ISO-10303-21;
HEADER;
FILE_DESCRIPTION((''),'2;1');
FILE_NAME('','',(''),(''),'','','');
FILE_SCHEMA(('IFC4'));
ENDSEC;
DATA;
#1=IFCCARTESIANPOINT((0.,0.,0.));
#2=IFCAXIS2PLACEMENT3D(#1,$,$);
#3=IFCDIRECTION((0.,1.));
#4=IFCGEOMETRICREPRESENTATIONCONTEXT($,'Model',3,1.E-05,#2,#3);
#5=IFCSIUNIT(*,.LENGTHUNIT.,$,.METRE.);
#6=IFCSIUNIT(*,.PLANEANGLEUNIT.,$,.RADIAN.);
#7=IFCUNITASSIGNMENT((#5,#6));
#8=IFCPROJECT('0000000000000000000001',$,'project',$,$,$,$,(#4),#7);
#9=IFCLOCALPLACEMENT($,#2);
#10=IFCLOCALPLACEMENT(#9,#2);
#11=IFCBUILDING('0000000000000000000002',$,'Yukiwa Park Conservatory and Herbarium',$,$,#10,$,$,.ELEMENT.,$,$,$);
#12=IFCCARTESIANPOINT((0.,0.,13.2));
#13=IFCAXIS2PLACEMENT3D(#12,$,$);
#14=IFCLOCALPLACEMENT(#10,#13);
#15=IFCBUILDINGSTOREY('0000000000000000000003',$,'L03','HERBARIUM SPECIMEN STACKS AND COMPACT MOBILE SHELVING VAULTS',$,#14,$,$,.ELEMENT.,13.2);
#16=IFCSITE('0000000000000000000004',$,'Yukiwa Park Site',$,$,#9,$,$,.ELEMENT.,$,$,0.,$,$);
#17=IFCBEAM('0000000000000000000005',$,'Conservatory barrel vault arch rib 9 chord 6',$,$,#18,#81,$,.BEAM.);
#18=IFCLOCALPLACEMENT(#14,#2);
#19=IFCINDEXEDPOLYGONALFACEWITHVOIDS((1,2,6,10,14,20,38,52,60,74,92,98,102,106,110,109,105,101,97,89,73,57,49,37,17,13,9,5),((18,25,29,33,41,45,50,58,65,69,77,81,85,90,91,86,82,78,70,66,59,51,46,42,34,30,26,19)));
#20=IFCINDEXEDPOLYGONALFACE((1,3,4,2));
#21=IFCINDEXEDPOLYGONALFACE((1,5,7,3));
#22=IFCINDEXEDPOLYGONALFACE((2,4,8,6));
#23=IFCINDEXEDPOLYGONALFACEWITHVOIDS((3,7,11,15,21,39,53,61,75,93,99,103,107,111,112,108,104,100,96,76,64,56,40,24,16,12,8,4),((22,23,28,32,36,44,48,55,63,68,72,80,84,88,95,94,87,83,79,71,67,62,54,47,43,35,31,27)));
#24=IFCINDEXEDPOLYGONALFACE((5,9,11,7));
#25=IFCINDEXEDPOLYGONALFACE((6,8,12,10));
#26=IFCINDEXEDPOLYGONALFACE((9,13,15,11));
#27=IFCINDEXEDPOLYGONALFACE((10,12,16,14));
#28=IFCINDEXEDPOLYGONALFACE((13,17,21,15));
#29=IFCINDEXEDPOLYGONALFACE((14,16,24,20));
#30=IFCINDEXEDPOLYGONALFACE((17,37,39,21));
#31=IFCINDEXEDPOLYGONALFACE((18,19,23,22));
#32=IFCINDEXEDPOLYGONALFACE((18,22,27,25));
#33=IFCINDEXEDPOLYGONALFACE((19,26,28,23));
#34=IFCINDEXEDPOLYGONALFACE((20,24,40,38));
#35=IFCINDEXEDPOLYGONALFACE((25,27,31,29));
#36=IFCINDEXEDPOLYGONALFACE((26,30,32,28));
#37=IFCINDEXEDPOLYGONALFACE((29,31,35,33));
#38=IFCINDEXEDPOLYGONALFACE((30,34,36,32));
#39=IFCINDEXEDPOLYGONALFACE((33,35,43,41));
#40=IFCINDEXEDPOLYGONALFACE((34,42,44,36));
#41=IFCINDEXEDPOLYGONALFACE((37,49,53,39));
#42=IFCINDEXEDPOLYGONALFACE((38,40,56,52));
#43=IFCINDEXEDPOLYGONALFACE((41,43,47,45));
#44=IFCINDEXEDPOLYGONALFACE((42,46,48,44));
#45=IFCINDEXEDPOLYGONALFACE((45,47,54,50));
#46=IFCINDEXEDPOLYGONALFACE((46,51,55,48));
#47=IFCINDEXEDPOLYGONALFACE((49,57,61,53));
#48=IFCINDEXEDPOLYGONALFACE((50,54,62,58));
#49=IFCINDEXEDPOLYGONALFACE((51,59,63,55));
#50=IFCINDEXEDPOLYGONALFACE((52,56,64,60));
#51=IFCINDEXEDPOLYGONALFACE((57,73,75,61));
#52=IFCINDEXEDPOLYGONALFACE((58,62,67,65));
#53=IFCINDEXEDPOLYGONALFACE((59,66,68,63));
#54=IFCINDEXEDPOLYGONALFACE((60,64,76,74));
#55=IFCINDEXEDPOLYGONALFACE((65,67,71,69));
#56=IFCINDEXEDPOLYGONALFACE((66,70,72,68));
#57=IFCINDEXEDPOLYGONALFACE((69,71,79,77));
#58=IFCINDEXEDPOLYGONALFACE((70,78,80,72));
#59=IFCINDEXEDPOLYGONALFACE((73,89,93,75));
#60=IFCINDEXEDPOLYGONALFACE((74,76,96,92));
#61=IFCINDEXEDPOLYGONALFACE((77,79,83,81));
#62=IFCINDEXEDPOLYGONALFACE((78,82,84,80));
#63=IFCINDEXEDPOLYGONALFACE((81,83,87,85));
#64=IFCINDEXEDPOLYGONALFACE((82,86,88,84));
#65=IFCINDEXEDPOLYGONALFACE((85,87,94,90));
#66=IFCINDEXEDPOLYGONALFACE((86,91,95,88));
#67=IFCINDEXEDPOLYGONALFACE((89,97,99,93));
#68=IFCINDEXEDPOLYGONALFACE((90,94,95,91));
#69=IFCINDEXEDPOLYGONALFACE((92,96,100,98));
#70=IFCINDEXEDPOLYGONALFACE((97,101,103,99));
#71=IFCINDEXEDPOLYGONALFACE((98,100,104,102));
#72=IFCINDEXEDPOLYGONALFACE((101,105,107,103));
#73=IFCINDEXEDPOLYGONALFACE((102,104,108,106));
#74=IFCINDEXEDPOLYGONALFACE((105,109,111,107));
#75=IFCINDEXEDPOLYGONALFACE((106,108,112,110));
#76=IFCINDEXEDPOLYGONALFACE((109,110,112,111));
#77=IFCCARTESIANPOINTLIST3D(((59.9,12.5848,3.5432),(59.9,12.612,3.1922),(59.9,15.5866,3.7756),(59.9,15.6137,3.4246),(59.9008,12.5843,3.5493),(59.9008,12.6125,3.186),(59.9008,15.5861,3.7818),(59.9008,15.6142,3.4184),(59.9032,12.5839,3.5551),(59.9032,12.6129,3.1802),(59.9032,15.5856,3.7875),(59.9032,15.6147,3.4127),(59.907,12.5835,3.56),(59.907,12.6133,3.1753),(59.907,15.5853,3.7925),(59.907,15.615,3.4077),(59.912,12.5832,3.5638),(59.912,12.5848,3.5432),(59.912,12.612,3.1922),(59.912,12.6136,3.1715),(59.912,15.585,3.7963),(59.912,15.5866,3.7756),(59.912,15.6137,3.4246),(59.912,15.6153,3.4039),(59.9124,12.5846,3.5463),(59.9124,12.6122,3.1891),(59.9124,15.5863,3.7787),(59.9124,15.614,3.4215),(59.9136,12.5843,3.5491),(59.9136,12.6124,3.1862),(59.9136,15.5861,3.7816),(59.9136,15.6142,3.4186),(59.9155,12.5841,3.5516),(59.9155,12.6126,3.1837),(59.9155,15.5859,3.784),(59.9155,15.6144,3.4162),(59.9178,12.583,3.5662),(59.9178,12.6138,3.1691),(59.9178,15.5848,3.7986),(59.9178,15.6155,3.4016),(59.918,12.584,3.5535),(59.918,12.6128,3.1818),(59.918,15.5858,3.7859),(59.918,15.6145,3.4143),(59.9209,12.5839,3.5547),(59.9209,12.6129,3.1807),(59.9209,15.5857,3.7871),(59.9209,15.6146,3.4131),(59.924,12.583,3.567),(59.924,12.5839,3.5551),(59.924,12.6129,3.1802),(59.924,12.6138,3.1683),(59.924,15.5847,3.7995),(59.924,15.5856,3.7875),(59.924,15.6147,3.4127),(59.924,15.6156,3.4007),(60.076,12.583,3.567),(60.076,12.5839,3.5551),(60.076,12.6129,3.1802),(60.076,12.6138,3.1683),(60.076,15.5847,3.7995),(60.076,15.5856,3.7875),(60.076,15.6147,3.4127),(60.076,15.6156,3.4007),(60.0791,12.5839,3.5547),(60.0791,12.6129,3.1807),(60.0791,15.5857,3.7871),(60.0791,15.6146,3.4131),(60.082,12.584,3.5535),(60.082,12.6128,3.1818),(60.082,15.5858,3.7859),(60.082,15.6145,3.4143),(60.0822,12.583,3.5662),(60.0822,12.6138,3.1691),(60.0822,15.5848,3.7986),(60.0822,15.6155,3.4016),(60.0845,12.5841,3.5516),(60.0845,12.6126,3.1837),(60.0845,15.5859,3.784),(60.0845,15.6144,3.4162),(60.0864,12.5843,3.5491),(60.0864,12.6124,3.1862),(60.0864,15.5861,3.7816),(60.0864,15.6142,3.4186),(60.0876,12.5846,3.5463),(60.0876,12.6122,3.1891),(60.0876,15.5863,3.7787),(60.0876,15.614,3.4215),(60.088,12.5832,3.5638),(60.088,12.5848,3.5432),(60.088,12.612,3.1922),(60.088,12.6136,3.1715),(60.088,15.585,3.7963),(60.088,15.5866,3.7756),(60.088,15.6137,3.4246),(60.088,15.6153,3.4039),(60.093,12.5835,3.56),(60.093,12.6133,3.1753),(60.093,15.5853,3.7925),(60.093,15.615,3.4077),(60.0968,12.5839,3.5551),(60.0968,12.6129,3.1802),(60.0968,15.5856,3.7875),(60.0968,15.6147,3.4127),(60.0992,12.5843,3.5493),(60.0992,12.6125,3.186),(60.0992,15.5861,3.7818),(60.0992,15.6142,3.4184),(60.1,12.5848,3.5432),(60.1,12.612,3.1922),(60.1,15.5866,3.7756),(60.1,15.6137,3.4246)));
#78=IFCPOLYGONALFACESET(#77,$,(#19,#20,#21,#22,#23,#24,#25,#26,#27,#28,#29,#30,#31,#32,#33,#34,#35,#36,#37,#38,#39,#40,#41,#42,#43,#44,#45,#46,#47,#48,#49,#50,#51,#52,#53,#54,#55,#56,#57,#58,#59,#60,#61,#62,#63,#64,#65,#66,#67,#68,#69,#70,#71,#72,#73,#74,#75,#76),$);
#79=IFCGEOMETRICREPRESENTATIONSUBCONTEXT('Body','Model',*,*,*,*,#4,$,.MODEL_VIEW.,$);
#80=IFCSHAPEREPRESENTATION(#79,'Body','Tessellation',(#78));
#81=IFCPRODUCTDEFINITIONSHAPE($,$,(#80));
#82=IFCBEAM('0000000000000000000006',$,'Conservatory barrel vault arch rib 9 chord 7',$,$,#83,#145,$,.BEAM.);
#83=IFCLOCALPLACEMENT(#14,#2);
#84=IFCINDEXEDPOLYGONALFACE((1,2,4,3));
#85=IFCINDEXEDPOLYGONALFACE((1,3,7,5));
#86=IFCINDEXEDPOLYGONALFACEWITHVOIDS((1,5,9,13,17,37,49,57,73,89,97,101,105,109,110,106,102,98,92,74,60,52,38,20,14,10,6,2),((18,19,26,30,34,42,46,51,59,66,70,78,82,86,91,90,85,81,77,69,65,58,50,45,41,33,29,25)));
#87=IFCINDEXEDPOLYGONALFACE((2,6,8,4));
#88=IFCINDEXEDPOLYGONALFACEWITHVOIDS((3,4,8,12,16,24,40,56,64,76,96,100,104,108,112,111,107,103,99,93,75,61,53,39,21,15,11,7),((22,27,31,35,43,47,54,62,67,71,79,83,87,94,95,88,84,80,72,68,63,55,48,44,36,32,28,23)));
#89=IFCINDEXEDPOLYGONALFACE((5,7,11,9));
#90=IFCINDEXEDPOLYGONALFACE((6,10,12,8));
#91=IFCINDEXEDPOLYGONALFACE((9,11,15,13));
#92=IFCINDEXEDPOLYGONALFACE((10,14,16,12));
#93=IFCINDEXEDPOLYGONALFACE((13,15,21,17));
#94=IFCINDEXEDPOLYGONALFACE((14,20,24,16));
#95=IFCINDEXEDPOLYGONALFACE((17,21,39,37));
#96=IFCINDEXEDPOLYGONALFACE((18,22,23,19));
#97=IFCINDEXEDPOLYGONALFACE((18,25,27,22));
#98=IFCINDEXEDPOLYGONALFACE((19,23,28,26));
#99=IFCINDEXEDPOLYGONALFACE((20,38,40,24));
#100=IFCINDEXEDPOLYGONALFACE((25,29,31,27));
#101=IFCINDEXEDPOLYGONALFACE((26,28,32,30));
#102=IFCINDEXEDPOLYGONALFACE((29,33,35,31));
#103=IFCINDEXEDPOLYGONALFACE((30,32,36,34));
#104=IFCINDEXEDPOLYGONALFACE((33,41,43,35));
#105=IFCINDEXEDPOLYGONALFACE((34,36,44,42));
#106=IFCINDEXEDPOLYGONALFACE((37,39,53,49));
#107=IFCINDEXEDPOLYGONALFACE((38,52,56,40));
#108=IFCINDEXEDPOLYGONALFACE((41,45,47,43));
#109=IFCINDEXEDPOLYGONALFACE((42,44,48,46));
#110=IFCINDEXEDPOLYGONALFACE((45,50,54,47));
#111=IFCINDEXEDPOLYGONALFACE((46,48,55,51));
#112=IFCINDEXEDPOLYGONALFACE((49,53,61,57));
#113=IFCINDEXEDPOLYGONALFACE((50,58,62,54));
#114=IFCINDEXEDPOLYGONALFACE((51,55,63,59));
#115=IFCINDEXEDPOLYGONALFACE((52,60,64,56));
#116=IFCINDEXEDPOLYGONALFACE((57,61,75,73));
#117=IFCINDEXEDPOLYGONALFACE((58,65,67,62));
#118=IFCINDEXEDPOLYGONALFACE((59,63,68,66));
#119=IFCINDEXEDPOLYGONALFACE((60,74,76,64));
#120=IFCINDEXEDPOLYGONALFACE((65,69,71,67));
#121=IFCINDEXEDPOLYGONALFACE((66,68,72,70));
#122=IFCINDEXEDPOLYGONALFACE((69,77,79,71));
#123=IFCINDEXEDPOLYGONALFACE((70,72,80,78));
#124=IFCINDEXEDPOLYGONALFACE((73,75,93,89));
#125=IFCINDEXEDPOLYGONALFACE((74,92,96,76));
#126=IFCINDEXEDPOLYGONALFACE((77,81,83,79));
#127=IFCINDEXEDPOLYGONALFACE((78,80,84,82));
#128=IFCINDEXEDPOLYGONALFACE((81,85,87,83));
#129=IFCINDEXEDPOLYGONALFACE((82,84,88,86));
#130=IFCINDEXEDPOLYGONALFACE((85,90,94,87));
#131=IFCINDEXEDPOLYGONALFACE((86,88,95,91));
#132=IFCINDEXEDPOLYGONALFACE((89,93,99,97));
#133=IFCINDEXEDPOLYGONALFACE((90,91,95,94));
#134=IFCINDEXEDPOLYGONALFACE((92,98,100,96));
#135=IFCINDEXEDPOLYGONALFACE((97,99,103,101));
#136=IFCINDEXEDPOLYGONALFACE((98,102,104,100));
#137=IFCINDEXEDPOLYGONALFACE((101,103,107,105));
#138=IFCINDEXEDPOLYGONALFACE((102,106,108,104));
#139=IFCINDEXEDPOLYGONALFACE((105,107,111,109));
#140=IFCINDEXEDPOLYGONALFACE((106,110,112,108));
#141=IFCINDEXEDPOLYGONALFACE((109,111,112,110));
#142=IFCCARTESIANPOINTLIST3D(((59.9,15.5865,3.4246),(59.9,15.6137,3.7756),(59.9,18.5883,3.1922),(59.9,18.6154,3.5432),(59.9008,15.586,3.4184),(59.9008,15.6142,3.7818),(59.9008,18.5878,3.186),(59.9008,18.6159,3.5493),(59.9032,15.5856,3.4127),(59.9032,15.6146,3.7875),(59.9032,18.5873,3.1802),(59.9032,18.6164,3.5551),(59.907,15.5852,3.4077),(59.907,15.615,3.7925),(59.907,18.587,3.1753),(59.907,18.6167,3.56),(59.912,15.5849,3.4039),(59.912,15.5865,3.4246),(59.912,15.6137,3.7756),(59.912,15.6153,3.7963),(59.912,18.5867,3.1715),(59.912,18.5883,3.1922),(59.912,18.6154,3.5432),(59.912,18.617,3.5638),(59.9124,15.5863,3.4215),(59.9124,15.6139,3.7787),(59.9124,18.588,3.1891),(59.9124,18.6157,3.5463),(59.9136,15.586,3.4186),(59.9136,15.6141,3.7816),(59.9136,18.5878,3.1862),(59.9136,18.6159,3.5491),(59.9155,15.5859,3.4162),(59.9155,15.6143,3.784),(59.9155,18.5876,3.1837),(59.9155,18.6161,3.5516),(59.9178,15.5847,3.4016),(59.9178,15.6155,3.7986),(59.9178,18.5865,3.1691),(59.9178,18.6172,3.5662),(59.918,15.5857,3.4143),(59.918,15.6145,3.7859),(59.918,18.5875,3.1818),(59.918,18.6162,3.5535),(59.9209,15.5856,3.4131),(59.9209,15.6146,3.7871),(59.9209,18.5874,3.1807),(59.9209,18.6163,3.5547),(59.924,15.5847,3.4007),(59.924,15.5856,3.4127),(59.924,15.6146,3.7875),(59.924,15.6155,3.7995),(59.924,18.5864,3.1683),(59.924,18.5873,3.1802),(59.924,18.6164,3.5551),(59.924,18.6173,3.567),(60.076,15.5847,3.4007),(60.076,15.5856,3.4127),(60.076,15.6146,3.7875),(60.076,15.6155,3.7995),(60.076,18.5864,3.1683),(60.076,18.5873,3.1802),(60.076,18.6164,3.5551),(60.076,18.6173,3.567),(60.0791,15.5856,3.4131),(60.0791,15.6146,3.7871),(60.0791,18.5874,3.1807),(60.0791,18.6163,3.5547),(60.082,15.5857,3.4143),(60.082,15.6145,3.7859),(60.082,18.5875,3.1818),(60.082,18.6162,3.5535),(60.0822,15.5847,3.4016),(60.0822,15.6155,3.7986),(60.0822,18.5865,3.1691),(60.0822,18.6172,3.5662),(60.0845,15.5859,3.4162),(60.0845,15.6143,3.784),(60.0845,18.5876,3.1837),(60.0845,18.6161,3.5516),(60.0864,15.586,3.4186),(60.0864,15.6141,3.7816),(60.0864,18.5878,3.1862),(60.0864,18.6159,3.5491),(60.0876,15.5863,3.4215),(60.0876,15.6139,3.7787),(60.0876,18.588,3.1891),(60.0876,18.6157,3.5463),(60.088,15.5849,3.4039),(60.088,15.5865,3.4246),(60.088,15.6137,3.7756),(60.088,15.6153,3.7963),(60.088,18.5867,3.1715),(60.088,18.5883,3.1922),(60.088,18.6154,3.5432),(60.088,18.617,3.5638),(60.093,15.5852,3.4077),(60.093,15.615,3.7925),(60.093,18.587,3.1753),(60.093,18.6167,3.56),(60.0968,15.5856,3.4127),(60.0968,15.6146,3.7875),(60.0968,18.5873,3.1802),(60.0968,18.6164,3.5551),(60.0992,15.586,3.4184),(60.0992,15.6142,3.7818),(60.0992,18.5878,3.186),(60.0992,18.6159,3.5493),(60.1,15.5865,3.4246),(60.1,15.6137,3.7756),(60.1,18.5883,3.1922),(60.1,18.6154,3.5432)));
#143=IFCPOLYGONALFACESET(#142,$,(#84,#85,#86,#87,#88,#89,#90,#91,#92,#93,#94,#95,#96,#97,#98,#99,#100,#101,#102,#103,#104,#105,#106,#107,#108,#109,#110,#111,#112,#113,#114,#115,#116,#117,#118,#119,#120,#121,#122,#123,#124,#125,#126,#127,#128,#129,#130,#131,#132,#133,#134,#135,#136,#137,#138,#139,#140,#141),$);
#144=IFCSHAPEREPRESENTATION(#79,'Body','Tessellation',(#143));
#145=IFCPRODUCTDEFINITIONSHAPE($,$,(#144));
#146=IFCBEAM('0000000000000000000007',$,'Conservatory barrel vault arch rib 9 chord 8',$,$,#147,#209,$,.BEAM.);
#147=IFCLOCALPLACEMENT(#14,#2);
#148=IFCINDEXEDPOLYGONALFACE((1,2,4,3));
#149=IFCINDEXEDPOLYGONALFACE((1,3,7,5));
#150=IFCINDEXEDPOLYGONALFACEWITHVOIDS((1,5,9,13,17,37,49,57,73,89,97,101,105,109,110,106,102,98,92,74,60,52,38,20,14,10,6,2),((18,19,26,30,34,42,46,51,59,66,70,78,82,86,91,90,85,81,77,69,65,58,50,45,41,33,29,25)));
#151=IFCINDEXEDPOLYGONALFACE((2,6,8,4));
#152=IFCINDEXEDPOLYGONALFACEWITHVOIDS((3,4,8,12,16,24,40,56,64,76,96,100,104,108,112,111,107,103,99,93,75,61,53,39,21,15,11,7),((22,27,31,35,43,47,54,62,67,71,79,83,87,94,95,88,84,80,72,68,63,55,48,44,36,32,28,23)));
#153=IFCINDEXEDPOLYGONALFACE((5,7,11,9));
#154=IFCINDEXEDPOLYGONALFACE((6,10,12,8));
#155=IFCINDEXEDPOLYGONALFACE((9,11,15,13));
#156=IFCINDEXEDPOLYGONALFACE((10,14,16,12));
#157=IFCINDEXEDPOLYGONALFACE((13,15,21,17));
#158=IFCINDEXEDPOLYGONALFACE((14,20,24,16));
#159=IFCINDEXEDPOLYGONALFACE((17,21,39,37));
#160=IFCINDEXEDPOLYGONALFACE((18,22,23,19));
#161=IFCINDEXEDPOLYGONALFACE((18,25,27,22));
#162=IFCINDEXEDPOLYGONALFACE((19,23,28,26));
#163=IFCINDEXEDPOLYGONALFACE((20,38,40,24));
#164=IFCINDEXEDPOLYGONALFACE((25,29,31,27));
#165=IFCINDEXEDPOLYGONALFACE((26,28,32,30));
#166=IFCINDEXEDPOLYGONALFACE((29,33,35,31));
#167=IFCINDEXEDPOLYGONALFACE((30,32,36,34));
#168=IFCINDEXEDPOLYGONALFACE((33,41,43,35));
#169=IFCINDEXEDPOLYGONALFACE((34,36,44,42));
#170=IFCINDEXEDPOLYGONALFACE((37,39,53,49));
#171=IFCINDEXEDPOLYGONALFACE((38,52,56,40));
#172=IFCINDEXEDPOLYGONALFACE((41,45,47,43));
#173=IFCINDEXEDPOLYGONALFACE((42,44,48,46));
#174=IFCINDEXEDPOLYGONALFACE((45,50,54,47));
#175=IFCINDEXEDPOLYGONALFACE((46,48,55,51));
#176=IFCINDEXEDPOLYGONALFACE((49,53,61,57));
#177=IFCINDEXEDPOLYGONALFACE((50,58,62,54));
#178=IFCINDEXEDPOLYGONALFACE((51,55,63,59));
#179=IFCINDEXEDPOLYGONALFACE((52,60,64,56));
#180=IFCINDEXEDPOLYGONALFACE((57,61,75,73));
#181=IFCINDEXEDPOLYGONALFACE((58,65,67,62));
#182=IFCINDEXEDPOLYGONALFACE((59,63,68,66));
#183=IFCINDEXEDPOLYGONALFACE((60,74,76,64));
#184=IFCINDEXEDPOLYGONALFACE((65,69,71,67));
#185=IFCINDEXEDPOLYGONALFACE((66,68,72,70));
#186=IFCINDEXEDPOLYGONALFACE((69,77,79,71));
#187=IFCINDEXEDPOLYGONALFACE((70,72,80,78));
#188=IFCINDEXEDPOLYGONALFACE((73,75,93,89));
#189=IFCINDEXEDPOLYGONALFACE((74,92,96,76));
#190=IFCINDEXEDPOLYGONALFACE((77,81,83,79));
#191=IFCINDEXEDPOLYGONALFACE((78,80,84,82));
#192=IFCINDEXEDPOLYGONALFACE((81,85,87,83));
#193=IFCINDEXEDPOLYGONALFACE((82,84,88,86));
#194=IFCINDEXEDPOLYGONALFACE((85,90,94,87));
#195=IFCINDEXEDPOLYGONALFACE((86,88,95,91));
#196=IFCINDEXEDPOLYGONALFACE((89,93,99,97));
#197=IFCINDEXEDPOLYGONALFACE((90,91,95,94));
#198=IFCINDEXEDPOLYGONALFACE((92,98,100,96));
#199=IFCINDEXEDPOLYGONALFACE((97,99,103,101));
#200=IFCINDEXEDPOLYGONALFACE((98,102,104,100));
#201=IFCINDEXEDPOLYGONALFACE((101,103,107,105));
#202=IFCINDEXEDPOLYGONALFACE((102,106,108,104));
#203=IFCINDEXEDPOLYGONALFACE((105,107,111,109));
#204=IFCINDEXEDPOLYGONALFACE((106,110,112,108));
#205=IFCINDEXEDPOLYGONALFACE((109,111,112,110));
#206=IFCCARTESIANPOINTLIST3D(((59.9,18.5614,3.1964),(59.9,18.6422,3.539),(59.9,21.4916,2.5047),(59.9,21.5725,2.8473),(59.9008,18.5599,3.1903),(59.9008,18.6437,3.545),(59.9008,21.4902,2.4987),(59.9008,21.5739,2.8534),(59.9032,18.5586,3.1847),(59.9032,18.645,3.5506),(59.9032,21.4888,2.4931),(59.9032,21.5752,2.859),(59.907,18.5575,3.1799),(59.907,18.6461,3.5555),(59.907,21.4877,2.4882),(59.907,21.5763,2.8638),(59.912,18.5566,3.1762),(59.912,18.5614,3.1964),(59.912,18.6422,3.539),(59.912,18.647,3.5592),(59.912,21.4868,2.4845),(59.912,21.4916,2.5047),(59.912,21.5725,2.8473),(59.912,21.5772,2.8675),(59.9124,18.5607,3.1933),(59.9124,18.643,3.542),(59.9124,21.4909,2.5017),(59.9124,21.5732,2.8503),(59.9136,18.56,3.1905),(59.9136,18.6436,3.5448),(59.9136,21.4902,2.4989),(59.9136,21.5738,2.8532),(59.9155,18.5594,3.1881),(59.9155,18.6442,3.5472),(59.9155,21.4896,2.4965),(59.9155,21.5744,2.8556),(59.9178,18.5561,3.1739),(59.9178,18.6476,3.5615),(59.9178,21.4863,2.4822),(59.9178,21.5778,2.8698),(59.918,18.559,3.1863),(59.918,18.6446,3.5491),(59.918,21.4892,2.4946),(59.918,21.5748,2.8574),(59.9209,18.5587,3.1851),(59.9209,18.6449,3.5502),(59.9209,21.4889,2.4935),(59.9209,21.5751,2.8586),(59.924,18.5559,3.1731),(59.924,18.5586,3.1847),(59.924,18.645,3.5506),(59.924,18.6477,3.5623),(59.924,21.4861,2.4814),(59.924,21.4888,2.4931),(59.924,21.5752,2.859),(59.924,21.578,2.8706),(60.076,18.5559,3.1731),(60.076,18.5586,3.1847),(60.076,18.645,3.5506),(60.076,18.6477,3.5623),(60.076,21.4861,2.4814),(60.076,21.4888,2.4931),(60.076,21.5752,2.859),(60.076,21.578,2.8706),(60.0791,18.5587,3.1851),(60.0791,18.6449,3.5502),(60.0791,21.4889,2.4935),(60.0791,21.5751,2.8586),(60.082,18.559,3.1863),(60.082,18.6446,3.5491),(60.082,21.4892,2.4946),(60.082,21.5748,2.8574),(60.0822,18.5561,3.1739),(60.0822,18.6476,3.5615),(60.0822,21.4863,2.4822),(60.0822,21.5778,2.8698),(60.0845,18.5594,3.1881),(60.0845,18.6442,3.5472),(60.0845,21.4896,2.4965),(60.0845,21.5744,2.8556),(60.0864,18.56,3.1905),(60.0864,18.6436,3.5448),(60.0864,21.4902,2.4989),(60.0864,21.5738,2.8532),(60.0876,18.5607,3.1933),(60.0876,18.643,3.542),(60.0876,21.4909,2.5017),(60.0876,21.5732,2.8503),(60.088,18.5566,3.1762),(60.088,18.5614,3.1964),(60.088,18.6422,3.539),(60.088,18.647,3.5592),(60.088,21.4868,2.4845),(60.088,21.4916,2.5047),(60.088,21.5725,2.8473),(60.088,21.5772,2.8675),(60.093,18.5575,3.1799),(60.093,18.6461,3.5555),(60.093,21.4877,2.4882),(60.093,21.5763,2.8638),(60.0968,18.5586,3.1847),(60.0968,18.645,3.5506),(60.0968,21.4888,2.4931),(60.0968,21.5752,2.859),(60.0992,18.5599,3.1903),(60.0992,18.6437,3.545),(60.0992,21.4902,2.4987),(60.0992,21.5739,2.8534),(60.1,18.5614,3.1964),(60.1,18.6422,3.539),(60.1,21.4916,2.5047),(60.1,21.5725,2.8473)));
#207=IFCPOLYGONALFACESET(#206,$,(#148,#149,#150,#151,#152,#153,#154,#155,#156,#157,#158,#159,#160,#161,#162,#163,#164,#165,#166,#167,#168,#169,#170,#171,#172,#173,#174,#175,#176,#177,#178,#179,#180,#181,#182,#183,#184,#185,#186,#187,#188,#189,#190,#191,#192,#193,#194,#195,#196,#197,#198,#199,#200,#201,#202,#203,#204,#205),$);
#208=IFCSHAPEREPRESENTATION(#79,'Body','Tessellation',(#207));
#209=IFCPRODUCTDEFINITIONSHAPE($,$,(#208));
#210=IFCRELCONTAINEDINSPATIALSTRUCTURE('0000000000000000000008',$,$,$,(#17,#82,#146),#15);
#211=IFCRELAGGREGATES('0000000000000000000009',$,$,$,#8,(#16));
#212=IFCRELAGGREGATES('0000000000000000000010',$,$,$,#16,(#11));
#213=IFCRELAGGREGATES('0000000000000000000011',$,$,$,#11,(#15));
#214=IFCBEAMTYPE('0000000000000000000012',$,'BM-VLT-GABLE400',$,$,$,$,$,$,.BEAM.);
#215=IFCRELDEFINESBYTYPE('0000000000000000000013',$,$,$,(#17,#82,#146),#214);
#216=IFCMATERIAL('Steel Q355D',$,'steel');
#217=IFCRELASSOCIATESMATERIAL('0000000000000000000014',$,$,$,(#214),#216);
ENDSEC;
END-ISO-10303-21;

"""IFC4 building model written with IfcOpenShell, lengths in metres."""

from ifc_helpers import new_model, si_unit, direction, frame, origin, origin_2d, place, context, subcontext, project, spatial, hollow_rectangle, extrude, material, material_profile, profile_set, type_object, element, save


model = new_model("IFC4")

# Units and contexts
model_context = context("Model", 3, precision=1e-05, world=origin(), true_north=direction((0.0, 1.0)))
body_context = subcontext(model_context, "Body", "Model", "MODEL_VIEW")
ifc_project = project(units=[si_unit("LENGTHUNIT", "METRE"), si_unit("PLANEANGLEUNIT", "RADIAN")], contexts=[model_context])

# Site, building, storey
site_placement = place(None, origin())
site = spatial("IfcSite", under=ifc_project, at=site_placement, Name="Yukiwa Park Site", CompositionType="ELEMENT", RefElevation=0.0)
building_placement = place(site_placement, origin())
building = spatial("IfcBuilding", under=site, at=building_placement, Name="Yukiwa Park Conservatory and Herbarium", CompositionType="ELEMENT")
storey_placement = place(building_placement, frame((0.0, 0.0, 13.2)))
storey = spatial("IfcBuildingStorey", under=building, at=storey_placement, Name="L03", Description="HERBARIUM SPECIMEN STACKS AND COMPACT MOBILE SHELVING VAULTS", CompositionType="ELEMENT", Elevation=13.2)

# Beams
ifc_material_1 = material(Name="Steel Q355D", Category="steel")
ifc_material_profile_1 = material_profile(ifc_material_1, hollow_rectangle(XDim=0.2, YDim=0.3999, WallThickness=0.012, InnerFilletRadius=0.012, OuterFilletRadius=0.0239, at=origin_2d()), Name="RHS 400x200x12")
ifc_profile_set_1 = profile_set([ifc_material_profile_1], Name="Steel Q355D")
beam_type_1 = type_object("IfcBeamType", Name="BM-VLT-GABLE400", PredefinedType="BEAM", material=ifc_profile_set_1)
for number, where, z_axis, x_axis, name in (
    (1, (60.0, 12.5984, 3.3677), (0.0, 0.997016, 0.077199), (-1.0, 0.0, 0.0), "Conservatory barrel vault arch rib 9 chord 6"),
    (2, (60.0, 15.6001, 3.6001), (0.0, 0.997016, -0.077199), (-1.0, 0.0, 0.0), "Conservatory barrel vault arch rib 9 chord 7"),
    (3, (60.0, 18.6018, 3.3677), (0.0, 0.973254, -0.229731), (-1.0, 0.0, 0.0), "Conservatory barrel vault arch rib 9 chord 8"),
):
    element("IfcBeam", number, at=place(storey_placement, frame(where, z_axis=z_axis, x_axis=x_axis)), inside=storey, type_object=beam_type_1, Name=name, PredefinedType="BEAM", context=body_context, shape_type="SweptSolid", body=[
        extrude(hollow_rectangle(XDim=0.2, YDim=0.3999, WallThickness=0.012, InnerFilletRadius=0.012, OuterFilletRadius=0.0239, at=origin_2d()), origin(), (0.0, 0.0, 1.0), 3.0107),
    ])

save(model, "model.ifc")
